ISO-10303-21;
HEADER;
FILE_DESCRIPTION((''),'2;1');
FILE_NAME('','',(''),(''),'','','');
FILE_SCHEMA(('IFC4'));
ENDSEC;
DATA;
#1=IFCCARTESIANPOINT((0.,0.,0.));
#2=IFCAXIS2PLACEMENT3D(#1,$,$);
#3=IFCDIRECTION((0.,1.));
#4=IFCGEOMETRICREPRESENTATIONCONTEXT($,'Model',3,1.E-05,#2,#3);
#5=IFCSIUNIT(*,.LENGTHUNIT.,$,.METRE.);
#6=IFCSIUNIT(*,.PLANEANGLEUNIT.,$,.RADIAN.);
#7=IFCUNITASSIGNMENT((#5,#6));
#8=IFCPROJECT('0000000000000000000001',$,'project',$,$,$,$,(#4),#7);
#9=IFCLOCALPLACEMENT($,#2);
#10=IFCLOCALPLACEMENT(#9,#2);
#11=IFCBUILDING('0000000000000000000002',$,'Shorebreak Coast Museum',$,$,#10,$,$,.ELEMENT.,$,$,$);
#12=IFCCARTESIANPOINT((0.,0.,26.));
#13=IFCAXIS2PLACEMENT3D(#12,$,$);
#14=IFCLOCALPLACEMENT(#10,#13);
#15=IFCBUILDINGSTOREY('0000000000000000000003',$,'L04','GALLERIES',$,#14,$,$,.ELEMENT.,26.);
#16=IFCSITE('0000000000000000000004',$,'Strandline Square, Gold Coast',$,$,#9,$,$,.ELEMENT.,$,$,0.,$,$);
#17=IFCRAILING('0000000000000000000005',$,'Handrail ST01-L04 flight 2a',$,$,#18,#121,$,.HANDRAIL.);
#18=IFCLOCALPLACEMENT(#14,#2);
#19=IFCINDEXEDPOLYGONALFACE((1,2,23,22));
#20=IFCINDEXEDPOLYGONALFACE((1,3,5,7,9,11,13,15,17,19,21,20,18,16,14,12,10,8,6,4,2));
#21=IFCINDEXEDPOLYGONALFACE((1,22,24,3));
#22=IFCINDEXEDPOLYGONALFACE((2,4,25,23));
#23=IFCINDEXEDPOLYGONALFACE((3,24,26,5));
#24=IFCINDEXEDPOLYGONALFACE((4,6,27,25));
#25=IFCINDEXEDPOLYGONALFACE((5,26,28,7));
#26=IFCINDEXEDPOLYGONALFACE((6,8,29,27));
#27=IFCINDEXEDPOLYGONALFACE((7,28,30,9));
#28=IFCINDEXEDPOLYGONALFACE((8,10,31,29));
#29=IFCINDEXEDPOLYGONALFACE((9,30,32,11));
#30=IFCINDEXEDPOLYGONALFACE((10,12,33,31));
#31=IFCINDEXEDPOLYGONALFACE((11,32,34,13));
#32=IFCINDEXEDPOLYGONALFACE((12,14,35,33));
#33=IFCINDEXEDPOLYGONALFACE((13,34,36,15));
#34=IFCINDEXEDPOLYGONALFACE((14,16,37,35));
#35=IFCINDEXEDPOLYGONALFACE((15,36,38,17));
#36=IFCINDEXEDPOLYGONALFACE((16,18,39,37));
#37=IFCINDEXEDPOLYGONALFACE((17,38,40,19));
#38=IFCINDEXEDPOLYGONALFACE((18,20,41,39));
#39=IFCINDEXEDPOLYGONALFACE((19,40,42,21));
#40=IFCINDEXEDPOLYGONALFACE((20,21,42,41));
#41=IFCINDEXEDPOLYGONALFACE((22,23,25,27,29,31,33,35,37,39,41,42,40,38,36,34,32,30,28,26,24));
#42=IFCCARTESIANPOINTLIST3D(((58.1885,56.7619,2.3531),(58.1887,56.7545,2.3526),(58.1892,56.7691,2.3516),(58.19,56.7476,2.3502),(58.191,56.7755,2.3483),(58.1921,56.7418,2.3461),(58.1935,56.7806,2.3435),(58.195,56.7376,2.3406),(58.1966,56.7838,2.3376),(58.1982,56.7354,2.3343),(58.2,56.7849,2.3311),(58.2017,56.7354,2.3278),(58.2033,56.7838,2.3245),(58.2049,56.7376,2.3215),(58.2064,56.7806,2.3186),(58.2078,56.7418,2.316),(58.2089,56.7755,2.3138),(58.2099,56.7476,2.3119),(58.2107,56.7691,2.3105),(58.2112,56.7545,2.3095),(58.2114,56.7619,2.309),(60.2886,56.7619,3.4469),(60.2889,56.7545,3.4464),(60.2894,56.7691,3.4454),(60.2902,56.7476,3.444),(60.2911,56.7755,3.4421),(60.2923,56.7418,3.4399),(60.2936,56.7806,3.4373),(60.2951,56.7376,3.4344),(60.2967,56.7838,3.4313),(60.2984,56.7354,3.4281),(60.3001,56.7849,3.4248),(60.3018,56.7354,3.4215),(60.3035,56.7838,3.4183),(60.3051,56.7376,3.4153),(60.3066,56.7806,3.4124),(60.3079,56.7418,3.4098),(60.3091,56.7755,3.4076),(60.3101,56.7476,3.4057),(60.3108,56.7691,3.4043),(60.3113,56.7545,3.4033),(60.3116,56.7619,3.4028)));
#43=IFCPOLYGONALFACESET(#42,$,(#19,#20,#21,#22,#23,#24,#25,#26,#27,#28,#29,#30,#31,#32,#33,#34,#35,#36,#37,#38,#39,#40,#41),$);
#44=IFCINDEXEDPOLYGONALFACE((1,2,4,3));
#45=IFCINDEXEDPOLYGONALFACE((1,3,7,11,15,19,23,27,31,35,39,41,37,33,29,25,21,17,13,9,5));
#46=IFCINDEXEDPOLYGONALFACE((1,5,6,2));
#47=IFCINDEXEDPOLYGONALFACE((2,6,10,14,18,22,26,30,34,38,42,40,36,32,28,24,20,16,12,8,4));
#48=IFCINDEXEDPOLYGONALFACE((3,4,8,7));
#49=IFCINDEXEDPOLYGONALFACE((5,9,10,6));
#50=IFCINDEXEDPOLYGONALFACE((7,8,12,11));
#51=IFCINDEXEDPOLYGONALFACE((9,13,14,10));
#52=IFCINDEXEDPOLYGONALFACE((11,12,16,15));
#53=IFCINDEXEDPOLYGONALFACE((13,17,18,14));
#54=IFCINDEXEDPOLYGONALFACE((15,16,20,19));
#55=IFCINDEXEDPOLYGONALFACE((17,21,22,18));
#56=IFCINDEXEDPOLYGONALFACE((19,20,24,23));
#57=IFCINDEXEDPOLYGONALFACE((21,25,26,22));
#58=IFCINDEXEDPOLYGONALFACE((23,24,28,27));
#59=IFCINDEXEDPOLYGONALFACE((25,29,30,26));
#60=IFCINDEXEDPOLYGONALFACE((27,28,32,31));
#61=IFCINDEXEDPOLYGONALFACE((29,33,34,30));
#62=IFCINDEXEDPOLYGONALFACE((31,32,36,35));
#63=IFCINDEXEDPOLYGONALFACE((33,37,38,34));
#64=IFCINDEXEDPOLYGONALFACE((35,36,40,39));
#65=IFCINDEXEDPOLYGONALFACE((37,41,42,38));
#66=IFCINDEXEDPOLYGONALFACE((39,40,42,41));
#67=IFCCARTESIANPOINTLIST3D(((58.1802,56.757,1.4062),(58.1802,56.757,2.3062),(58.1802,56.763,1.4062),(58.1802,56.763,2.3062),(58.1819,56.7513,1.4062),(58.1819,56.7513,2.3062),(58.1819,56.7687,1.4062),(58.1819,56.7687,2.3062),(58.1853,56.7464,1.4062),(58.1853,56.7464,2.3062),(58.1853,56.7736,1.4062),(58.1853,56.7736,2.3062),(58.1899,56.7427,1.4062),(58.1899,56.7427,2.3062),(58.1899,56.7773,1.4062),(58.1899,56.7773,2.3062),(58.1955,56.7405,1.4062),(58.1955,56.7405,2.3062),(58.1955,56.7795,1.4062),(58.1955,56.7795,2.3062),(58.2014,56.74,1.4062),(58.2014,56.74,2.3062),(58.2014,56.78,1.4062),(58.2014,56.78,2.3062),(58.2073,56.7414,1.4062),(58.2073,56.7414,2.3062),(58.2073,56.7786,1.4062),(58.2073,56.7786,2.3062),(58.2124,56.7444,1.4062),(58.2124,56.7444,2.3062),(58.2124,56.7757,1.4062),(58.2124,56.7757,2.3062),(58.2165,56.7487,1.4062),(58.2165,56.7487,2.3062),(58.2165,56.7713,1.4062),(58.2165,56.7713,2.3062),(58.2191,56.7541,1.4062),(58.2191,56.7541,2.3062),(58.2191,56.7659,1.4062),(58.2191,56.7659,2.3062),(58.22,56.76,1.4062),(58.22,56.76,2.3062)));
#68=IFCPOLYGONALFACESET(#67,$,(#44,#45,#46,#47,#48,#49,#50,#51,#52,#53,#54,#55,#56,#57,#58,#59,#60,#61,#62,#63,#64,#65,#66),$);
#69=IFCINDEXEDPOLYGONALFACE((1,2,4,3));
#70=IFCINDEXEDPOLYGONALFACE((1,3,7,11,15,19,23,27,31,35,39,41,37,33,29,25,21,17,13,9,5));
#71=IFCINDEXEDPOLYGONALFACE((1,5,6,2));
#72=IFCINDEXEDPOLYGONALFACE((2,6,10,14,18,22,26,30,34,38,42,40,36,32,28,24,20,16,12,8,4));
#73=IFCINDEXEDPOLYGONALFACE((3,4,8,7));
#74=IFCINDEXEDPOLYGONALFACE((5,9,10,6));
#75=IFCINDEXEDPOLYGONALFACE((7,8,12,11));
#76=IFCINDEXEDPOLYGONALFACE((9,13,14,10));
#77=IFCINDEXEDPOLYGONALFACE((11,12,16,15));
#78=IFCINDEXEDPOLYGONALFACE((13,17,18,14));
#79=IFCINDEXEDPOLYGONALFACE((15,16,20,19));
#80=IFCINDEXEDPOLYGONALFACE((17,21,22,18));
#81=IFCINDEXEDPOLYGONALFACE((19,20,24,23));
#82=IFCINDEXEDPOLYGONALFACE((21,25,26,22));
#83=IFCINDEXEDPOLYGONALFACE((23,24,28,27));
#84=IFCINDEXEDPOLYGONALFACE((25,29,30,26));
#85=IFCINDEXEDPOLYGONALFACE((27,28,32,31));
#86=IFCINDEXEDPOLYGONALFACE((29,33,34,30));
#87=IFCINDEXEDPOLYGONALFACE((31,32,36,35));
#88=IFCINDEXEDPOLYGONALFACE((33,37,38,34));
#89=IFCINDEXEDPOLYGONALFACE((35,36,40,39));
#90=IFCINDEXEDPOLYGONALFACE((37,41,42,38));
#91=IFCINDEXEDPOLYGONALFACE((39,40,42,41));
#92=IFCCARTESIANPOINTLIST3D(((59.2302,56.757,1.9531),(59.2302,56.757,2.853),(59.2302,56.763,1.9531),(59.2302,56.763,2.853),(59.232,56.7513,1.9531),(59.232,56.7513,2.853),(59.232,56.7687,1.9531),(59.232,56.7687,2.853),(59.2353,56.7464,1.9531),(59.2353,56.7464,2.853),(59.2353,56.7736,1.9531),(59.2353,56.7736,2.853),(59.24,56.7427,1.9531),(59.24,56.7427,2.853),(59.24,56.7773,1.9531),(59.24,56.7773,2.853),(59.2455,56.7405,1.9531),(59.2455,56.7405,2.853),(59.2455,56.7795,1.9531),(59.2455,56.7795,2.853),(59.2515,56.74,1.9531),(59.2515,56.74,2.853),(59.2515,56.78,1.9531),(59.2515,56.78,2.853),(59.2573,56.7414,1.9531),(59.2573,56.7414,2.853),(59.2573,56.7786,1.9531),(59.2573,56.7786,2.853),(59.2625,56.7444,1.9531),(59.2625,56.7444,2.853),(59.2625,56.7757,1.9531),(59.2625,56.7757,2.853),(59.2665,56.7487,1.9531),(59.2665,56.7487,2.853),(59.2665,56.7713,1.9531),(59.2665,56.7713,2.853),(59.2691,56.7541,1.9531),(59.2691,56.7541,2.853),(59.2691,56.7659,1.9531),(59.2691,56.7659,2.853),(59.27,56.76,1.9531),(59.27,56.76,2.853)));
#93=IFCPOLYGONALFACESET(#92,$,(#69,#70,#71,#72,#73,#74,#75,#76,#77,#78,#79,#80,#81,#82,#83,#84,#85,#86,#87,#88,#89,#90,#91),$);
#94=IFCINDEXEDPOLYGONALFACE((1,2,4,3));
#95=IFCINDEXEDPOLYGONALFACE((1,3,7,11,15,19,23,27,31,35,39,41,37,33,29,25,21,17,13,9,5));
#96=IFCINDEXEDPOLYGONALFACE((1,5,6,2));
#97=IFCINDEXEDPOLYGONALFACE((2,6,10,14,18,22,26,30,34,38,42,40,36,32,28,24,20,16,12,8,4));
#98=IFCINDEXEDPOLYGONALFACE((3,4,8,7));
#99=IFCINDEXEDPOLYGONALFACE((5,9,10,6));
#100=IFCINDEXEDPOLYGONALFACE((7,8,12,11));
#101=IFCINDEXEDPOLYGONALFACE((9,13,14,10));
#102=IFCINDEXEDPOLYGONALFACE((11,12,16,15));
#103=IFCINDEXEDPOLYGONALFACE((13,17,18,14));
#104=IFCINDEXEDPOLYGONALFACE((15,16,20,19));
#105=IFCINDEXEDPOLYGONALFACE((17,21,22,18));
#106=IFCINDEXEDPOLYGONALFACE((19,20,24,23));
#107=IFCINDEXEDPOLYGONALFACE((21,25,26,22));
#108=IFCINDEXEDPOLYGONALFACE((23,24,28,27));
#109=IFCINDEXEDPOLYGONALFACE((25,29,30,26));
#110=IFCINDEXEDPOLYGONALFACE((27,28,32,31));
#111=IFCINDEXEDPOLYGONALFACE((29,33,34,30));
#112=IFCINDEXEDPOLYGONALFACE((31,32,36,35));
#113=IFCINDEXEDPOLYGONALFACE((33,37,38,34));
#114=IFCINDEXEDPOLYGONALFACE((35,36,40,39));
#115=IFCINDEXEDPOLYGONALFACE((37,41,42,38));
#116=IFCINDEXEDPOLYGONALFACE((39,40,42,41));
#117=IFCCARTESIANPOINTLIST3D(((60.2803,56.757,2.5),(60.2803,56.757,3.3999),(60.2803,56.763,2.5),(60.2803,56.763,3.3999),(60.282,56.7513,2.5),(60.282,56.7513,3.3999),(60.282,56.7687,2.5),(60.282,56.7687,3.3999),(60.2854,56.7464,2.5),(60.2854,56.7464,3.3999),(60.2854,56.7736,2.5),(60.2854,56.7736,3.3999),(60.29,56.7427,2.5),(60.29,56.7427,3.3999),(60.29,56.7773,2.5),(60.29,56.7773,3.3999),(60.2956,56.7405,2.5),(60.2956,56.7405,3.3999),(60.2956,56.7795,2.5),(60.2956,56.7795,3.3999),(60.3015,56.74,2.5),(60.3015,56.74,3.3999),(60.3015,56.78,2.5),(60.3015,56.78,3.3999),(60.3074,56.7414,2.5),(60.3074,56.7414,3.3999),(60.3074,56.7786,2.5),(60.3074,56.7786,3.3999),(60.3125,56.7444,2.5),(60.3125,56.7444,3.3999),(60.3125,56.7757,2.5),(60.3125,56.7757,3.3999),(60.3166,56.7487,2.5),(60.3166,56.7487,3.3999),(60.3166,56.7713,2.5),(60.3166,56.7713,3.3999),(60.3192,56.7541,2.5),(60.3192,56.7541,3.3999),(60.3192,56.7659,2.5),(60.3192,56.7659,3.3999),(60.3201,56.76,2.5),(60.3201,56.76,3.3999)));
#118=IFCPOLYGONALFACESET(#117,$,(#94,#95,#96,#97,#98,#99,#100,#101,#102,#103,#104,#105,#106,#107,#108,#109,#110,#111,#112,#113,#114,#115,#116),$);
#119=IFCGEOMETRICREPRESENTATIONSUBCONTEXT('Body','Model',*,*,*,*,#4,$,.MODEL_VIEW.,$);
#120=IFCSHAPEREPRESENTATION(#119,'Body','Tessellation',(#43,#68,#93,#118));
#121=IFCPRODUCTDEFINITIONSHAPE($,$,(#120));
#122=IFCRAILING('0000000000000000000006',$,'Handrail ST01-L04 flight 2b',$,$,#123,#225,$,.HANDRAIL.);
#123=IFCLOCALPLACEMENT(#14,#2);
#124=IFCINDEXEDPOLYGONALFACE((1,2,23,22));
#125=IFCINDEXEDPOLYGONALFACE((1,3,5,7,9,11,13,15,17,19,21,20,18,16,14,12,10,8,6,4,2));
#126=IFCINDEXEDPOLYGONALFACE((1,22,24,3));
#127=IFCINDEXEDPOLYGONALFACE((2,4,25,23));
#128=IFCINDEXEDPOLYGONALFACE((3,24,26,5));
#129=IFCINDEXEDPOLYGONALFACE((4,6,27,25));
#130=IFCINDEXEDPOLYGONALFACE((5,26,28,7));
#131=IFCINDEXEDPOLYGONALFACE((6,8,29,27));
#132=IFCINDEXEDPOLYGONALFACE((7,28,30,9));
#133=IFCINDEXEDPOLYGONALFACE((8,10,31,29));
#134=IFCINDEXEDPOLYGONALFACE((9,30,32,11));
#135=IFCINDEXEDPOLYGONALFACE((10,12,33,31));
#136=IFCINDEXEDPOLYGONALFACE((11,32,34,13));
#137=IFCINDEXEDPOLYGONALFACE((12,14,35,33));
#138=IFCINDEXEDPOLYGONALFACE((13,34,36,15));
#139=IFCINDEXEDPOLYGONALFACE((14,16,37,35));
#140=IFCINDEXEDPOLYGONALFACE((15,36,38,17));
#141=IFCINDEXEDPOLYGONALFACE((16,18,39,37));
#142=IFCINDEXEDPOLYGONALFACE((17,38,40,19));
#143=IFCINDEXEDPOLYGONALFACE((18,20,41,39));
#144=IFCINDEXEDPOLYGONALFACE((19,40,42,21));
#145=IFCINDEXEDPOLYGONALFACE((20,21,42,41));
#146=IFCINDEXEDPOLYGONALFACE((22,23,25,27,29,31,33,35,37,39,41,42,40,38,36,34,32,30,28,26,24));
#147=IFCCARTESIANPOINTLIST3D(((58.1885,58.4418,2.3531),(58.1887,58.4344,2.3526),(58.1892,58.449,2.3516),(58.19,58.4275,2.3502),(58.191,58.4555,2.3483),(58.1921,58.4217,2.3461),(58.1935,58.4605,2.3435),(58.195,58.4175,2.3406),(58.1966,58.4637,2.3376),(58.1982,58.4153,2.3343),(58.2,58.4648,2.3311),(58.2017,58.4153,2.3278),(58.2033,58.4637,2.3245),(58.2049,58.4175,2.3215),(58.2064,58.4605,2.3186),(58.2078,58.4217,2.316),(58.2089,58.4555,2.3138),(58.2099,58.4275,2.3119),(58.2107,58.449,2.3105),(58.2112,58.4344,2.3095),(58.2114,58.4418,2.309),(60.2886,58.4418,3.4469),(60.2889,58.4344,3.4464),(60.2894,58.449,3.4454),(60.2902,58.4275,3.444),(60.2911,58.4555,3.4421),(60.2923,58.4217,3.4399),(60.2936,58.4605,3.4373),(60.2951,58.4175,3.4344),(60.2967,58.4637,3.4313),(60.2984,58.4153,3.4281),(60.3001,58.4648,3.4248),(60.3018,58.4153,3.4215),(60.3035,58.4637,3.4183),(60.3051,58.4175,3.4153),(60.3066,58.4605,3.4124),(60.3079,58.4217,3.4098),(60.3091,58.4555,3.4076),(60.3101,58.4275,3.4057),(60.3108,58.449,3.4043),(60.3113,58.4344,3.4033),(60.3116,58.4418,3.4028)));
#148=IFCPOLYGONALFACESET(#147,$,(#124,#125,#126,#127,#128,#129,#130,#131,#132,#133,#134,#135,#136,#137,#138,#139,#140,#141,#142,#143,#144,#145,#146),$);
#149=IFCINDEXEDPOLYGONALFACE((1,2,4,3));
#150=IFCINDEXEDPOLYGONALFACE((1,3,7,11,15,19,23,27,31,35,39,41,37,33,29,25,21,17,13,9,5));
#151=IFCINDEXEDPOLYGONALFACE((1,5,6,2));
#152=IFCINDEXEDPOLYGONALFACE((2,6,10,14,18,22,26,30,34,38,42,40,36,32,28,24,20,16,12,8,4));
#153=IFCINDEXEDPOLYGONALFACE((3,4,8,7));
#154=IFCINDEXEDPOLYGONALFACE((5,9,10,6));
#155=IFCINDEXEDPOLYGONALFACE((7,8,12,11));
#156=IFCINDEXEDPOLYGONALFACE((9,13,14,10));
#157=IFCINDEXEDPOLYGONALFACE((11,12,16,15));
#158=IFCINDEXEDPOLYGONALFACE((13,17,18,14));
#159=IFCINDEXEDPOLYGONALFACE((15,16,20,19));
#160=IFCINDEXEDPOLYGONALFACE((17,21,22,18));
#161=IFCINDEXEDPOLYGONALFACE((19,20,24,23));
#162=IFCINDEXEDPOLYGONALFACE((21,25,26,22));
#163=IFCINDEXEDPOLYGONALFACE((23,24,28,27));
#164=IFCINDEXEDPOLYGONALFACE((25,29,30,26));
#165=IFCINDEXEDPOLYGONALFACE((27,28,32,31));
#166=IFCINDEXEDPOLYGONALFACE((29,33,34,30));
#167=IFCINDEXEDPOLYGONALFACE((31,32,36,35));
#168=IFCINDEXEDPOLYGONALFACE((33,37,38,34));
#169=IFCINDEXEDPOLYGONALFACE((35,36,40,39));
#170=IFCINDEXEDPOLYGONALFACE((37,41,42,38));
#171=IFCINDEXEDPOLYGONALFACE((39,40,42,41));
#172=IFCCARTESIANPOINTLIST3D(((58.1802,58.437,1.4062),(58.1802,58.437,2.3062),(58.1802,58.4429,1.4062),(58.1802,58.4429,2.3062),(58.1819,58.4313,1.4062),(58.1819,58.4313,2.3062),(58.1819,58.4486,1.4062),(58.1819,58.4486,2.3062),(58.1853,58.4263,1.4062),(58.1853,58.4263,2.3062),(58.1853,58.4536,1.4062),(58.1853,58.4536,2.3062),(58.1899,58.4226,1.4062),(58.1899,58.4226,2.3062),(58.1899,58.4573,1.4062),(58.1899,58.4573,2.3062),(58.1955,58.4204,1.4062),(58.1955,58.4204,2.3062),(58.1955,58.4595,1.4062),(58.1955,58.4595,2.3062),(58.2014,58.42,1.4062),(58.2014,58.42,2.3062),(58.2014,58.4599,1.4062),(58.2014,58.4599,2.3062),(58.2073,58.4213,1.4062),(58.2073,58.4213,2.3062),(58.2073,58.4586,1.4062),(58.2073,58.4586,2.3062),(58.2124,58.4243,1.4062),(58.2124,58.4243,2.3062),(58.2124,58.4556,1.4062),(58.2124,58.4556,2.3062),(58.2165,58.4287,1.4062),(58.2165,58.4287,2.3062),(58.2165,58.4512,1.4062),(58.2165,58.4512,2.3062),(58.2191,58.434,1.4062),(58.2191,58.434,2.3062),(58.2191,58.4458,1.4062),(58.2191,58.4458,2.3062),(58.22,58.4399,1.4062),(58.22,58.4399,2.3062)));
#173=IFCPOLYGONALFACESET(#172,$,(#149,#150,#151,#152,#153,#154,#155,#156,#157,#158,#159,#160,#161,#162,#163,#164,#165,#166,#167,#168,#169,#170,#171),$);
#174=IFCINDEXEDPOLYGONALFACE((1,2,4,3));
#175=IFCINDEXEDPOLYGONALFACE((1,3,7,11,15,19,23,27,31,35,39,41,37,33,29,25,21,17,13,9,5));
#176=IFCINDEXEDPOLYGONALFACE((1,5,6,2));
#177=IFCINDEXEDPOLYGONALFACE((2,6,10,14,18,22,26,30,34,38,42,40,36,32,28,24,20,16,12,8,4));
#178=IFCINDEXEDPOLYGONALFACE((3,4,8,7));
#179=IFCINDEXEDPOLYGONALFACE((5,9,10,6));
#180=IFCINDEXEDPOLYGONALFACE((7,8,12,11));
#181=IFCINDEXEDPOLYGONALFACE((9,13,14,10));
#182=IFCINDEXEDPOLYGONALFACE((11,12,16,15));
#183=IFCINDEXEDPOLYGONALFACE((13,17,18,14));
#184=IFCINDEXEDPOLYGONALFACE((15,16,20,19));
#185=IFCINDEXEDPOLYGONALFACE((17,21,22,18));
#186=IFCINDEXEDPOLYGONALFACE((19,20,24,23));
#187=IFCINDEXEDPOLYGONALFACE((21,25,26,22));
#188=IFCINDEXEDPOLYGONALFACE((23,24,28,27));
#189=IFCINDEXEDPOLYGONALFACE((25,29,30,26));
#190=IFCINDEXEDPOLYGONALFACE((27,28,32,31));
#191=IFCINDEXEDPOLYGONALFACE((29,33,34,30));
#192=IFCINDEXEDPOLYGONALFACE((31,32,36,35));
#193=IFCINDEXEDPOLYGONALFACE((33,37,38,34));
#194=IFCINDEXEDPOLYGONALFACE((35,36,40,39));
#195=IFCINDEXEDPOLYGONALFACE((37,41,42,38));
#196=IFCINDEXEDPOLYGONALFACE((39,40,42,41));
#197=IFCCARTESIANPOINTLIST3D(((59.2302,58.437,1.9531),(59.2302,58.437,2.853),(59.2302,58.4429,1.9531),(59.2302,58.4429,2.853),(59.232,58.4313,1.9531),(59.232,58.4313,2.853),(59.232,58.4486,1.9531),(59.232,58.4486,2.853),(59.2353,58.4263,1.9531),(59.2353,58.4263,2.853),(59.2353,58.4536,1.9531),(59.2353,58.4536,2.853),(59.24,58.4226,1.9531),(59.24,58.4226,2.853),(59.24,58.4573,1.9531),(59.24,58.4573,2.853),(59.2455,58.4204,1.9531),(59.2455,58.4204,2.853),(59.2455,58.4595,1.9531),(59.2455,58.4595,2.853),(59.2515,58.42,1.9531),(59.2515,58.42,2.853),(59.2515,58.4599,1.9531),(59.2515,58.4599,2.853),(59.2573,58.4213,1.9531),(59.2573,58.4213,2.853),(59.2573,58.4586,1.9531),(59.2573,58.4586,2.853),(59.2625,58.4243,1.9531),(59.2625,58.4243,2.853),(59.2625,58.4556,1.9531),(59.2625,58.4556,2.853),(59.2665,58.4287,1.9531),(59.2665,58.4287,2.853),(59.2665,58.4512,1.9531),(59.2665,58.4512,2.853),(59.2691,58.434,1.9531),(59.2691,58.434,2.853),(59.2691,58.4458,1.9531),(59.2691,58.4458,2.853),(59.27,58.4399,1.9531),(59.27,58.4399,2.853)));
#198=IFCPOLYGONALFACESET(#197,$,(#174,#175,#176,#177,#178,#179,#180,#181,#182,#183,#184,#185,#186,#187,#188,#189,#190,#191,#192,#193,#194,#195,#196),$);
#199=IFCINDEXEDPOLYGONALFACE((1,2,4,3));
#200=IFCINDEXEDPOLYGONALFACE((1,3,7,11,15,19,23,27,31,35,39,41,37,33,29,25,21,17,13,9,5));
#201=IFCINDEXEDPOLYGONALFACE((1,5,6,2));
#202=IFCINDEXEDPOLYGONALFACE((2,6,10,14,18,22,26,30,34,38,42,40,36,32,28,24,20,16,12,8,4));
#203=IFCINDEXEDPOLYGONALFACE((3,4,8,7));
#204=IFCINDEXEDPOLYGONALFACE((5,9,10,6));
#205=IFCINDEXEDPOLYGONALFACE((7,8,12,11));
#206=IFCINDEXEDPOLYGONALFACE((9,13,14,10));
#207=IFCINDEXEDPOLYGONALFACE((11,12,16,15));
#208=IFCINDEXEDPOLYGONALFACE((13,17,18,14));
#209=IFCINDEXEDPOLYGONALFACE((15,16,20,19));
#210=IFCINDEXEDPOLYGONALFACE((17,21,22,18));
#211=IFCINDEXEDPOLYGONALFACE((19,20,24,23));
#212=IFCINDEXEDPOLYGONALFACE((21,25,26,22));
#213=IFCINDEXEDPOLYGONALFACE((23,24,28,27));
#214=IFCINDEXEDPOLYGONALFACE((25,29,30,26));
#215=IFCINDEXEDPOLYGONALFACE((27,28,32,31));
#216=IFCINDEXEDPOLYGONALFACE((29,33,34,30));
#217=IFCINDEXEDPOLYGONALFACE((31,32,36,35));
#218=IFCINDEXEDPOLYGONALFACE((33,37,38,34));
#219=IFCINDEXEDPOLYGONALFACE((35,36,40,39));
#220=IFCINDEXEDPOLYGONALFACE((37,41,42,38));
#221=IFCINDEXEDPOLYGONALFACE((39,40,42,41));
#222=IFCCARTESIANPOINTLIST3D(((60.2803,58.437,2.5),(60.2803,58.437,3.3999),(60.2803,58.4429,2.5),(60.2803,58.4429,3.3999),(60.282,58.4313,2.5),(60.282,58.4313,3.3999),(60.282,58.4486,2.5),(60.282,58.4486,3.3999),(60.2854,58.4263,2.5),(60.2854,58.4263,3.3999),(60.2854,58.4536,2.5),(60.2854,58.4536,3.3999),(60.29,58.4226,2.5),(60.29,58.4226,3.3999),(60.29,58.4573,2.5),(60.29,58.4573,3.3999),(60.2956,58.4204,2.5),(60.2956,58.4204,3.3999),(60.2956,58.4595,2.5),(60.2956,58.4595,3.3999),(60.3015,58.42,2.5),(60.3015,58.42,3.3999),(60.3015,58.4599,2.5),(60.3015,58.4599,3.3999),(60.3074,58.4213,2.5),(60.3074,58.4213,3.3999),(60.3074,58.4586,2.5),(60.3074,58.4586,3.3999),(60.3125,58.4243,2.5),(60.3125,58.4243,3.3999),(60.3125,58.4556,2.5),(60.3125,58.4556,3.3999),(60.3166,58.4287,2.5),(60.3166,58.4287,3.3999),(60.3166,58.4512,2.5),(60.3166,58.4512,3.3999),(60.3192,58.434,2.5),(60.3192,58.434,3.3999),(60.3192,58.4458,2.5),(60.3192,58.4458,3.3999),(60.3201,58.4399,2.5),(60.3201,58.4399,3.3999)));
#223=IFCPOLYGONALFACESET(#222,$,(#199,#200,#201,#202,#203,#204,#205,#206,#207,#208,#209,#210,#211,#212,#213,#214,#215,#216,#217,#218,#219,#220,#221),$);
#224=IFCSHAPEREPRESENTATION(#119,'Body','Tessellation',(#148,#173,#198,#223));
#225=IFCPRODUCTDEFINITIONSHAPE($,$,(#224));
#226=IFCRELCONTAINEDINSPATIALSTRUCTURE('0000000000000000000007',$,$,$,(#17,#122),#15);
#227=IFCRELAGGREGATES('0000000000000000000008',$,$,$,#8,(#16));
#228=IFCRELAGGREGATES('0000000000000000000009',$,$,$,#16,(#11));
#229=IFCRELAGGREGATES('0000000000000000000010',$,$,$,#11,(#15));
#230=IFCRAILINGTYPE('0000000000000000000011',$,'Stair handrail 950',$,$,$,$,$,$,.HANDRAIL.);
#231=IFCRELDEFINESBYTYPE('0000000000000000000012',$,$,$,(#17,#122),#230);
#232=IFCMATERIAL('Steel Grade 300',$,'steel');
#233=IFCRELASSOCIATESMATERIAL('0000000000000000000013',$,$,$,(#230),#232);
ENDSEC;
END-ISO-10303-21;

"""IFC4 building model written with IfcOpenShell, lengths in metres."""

from ifc_helpers import new_model, si_unit, direction, frame, origin, origin_2d, place, context, subcontext, project, spatial, circle, extrude, material, type_object, element, save


model = new_model("IFC4")

# Units and contexts
model_context = context("Model", 3, precision=1e-05, world=origin(), true_north=direction((0.0, 1.0)))
body_context = subcontext(model_context, "Body", "Model", "MODEL_VIEW")
ifc_project = project(units=[si_unit("LENGTHUNIT", "METRE"), si_unit("PLANEANGLEUNIT", "RADIAN")], contexts=[model_context])

# Site, building, storey
site_placement = place(None, origin())
site = spatial("IfcSite", under=ifc_project, at=site_placement, Name="Strandline Square, Gold Coast", CompositionType="ELEMENT", RefElevation=0.0)
building_placement = place(site_placement, origin())
building = spatial("IfcBuilding", under=site, at=building_placement, Name="Shorebreak Coast Museum", CompositionType="ELEMENT")
storey_placement = place(building_placement, frame((0.0, 0.0, 26.0)))
storey = spatial("IfcBuildingStorey", under=building, at=storey_placement, Name="L04", Description="GALLERIES", CompositionType="ELEMENT", Elevation=26.0)

# Railings
ifc_material_1 = material(Name="Steel Grade 300", Category="steel")
railing_type_1 = type_object("IfcRailingType", Name="Stair handrail 950", PredefinedType="HANDRAIL", material=ifc_material_1)
for number, where, name in (
    (1, (58.2, 56.76, 1.4062), "Handrail ST01-L04 flight 2a"),
    (2, (58.2, 58.4399, 1.4062), "Handrail ST01-L04 flight 2b"),
):
    element("IfcRailing", number, at=place(storey_placement, frame(where)), inside=storey, type_object=railing_type_1, Name=name, PredefinedType="HANDRAIL", context=body_context, shape_type="SweptSolid", body=[
        extrude(circle(Radius=0.0249, at=origin_2d()), frame((0.0, 0.0, 0.9248), z_axis=(0.886923, 0.0, 0.461918), x_axis=(0.0, 1.0, 0.0)), (0.0, 0.0, 1.0), 2.3679),
        extrude(circle(Radius=0.02, at=origin_2d()), origin(), (0.0, 0.0, 1.0), 0.8999),
        extrude(circle(Radius=0.02, at=origin_2d()), frame((1.05, 0.0, 0.5469)), (0.0, 0.0, 1.0), 0.8999),
        extrude(circle(Radius=0.02, at=origin_2d()), frame((2.1001, 0.0, 1.0938)), (0.0, 0.0, 1.0), 0.8999),
    ])

save(model, "model.ifc")
